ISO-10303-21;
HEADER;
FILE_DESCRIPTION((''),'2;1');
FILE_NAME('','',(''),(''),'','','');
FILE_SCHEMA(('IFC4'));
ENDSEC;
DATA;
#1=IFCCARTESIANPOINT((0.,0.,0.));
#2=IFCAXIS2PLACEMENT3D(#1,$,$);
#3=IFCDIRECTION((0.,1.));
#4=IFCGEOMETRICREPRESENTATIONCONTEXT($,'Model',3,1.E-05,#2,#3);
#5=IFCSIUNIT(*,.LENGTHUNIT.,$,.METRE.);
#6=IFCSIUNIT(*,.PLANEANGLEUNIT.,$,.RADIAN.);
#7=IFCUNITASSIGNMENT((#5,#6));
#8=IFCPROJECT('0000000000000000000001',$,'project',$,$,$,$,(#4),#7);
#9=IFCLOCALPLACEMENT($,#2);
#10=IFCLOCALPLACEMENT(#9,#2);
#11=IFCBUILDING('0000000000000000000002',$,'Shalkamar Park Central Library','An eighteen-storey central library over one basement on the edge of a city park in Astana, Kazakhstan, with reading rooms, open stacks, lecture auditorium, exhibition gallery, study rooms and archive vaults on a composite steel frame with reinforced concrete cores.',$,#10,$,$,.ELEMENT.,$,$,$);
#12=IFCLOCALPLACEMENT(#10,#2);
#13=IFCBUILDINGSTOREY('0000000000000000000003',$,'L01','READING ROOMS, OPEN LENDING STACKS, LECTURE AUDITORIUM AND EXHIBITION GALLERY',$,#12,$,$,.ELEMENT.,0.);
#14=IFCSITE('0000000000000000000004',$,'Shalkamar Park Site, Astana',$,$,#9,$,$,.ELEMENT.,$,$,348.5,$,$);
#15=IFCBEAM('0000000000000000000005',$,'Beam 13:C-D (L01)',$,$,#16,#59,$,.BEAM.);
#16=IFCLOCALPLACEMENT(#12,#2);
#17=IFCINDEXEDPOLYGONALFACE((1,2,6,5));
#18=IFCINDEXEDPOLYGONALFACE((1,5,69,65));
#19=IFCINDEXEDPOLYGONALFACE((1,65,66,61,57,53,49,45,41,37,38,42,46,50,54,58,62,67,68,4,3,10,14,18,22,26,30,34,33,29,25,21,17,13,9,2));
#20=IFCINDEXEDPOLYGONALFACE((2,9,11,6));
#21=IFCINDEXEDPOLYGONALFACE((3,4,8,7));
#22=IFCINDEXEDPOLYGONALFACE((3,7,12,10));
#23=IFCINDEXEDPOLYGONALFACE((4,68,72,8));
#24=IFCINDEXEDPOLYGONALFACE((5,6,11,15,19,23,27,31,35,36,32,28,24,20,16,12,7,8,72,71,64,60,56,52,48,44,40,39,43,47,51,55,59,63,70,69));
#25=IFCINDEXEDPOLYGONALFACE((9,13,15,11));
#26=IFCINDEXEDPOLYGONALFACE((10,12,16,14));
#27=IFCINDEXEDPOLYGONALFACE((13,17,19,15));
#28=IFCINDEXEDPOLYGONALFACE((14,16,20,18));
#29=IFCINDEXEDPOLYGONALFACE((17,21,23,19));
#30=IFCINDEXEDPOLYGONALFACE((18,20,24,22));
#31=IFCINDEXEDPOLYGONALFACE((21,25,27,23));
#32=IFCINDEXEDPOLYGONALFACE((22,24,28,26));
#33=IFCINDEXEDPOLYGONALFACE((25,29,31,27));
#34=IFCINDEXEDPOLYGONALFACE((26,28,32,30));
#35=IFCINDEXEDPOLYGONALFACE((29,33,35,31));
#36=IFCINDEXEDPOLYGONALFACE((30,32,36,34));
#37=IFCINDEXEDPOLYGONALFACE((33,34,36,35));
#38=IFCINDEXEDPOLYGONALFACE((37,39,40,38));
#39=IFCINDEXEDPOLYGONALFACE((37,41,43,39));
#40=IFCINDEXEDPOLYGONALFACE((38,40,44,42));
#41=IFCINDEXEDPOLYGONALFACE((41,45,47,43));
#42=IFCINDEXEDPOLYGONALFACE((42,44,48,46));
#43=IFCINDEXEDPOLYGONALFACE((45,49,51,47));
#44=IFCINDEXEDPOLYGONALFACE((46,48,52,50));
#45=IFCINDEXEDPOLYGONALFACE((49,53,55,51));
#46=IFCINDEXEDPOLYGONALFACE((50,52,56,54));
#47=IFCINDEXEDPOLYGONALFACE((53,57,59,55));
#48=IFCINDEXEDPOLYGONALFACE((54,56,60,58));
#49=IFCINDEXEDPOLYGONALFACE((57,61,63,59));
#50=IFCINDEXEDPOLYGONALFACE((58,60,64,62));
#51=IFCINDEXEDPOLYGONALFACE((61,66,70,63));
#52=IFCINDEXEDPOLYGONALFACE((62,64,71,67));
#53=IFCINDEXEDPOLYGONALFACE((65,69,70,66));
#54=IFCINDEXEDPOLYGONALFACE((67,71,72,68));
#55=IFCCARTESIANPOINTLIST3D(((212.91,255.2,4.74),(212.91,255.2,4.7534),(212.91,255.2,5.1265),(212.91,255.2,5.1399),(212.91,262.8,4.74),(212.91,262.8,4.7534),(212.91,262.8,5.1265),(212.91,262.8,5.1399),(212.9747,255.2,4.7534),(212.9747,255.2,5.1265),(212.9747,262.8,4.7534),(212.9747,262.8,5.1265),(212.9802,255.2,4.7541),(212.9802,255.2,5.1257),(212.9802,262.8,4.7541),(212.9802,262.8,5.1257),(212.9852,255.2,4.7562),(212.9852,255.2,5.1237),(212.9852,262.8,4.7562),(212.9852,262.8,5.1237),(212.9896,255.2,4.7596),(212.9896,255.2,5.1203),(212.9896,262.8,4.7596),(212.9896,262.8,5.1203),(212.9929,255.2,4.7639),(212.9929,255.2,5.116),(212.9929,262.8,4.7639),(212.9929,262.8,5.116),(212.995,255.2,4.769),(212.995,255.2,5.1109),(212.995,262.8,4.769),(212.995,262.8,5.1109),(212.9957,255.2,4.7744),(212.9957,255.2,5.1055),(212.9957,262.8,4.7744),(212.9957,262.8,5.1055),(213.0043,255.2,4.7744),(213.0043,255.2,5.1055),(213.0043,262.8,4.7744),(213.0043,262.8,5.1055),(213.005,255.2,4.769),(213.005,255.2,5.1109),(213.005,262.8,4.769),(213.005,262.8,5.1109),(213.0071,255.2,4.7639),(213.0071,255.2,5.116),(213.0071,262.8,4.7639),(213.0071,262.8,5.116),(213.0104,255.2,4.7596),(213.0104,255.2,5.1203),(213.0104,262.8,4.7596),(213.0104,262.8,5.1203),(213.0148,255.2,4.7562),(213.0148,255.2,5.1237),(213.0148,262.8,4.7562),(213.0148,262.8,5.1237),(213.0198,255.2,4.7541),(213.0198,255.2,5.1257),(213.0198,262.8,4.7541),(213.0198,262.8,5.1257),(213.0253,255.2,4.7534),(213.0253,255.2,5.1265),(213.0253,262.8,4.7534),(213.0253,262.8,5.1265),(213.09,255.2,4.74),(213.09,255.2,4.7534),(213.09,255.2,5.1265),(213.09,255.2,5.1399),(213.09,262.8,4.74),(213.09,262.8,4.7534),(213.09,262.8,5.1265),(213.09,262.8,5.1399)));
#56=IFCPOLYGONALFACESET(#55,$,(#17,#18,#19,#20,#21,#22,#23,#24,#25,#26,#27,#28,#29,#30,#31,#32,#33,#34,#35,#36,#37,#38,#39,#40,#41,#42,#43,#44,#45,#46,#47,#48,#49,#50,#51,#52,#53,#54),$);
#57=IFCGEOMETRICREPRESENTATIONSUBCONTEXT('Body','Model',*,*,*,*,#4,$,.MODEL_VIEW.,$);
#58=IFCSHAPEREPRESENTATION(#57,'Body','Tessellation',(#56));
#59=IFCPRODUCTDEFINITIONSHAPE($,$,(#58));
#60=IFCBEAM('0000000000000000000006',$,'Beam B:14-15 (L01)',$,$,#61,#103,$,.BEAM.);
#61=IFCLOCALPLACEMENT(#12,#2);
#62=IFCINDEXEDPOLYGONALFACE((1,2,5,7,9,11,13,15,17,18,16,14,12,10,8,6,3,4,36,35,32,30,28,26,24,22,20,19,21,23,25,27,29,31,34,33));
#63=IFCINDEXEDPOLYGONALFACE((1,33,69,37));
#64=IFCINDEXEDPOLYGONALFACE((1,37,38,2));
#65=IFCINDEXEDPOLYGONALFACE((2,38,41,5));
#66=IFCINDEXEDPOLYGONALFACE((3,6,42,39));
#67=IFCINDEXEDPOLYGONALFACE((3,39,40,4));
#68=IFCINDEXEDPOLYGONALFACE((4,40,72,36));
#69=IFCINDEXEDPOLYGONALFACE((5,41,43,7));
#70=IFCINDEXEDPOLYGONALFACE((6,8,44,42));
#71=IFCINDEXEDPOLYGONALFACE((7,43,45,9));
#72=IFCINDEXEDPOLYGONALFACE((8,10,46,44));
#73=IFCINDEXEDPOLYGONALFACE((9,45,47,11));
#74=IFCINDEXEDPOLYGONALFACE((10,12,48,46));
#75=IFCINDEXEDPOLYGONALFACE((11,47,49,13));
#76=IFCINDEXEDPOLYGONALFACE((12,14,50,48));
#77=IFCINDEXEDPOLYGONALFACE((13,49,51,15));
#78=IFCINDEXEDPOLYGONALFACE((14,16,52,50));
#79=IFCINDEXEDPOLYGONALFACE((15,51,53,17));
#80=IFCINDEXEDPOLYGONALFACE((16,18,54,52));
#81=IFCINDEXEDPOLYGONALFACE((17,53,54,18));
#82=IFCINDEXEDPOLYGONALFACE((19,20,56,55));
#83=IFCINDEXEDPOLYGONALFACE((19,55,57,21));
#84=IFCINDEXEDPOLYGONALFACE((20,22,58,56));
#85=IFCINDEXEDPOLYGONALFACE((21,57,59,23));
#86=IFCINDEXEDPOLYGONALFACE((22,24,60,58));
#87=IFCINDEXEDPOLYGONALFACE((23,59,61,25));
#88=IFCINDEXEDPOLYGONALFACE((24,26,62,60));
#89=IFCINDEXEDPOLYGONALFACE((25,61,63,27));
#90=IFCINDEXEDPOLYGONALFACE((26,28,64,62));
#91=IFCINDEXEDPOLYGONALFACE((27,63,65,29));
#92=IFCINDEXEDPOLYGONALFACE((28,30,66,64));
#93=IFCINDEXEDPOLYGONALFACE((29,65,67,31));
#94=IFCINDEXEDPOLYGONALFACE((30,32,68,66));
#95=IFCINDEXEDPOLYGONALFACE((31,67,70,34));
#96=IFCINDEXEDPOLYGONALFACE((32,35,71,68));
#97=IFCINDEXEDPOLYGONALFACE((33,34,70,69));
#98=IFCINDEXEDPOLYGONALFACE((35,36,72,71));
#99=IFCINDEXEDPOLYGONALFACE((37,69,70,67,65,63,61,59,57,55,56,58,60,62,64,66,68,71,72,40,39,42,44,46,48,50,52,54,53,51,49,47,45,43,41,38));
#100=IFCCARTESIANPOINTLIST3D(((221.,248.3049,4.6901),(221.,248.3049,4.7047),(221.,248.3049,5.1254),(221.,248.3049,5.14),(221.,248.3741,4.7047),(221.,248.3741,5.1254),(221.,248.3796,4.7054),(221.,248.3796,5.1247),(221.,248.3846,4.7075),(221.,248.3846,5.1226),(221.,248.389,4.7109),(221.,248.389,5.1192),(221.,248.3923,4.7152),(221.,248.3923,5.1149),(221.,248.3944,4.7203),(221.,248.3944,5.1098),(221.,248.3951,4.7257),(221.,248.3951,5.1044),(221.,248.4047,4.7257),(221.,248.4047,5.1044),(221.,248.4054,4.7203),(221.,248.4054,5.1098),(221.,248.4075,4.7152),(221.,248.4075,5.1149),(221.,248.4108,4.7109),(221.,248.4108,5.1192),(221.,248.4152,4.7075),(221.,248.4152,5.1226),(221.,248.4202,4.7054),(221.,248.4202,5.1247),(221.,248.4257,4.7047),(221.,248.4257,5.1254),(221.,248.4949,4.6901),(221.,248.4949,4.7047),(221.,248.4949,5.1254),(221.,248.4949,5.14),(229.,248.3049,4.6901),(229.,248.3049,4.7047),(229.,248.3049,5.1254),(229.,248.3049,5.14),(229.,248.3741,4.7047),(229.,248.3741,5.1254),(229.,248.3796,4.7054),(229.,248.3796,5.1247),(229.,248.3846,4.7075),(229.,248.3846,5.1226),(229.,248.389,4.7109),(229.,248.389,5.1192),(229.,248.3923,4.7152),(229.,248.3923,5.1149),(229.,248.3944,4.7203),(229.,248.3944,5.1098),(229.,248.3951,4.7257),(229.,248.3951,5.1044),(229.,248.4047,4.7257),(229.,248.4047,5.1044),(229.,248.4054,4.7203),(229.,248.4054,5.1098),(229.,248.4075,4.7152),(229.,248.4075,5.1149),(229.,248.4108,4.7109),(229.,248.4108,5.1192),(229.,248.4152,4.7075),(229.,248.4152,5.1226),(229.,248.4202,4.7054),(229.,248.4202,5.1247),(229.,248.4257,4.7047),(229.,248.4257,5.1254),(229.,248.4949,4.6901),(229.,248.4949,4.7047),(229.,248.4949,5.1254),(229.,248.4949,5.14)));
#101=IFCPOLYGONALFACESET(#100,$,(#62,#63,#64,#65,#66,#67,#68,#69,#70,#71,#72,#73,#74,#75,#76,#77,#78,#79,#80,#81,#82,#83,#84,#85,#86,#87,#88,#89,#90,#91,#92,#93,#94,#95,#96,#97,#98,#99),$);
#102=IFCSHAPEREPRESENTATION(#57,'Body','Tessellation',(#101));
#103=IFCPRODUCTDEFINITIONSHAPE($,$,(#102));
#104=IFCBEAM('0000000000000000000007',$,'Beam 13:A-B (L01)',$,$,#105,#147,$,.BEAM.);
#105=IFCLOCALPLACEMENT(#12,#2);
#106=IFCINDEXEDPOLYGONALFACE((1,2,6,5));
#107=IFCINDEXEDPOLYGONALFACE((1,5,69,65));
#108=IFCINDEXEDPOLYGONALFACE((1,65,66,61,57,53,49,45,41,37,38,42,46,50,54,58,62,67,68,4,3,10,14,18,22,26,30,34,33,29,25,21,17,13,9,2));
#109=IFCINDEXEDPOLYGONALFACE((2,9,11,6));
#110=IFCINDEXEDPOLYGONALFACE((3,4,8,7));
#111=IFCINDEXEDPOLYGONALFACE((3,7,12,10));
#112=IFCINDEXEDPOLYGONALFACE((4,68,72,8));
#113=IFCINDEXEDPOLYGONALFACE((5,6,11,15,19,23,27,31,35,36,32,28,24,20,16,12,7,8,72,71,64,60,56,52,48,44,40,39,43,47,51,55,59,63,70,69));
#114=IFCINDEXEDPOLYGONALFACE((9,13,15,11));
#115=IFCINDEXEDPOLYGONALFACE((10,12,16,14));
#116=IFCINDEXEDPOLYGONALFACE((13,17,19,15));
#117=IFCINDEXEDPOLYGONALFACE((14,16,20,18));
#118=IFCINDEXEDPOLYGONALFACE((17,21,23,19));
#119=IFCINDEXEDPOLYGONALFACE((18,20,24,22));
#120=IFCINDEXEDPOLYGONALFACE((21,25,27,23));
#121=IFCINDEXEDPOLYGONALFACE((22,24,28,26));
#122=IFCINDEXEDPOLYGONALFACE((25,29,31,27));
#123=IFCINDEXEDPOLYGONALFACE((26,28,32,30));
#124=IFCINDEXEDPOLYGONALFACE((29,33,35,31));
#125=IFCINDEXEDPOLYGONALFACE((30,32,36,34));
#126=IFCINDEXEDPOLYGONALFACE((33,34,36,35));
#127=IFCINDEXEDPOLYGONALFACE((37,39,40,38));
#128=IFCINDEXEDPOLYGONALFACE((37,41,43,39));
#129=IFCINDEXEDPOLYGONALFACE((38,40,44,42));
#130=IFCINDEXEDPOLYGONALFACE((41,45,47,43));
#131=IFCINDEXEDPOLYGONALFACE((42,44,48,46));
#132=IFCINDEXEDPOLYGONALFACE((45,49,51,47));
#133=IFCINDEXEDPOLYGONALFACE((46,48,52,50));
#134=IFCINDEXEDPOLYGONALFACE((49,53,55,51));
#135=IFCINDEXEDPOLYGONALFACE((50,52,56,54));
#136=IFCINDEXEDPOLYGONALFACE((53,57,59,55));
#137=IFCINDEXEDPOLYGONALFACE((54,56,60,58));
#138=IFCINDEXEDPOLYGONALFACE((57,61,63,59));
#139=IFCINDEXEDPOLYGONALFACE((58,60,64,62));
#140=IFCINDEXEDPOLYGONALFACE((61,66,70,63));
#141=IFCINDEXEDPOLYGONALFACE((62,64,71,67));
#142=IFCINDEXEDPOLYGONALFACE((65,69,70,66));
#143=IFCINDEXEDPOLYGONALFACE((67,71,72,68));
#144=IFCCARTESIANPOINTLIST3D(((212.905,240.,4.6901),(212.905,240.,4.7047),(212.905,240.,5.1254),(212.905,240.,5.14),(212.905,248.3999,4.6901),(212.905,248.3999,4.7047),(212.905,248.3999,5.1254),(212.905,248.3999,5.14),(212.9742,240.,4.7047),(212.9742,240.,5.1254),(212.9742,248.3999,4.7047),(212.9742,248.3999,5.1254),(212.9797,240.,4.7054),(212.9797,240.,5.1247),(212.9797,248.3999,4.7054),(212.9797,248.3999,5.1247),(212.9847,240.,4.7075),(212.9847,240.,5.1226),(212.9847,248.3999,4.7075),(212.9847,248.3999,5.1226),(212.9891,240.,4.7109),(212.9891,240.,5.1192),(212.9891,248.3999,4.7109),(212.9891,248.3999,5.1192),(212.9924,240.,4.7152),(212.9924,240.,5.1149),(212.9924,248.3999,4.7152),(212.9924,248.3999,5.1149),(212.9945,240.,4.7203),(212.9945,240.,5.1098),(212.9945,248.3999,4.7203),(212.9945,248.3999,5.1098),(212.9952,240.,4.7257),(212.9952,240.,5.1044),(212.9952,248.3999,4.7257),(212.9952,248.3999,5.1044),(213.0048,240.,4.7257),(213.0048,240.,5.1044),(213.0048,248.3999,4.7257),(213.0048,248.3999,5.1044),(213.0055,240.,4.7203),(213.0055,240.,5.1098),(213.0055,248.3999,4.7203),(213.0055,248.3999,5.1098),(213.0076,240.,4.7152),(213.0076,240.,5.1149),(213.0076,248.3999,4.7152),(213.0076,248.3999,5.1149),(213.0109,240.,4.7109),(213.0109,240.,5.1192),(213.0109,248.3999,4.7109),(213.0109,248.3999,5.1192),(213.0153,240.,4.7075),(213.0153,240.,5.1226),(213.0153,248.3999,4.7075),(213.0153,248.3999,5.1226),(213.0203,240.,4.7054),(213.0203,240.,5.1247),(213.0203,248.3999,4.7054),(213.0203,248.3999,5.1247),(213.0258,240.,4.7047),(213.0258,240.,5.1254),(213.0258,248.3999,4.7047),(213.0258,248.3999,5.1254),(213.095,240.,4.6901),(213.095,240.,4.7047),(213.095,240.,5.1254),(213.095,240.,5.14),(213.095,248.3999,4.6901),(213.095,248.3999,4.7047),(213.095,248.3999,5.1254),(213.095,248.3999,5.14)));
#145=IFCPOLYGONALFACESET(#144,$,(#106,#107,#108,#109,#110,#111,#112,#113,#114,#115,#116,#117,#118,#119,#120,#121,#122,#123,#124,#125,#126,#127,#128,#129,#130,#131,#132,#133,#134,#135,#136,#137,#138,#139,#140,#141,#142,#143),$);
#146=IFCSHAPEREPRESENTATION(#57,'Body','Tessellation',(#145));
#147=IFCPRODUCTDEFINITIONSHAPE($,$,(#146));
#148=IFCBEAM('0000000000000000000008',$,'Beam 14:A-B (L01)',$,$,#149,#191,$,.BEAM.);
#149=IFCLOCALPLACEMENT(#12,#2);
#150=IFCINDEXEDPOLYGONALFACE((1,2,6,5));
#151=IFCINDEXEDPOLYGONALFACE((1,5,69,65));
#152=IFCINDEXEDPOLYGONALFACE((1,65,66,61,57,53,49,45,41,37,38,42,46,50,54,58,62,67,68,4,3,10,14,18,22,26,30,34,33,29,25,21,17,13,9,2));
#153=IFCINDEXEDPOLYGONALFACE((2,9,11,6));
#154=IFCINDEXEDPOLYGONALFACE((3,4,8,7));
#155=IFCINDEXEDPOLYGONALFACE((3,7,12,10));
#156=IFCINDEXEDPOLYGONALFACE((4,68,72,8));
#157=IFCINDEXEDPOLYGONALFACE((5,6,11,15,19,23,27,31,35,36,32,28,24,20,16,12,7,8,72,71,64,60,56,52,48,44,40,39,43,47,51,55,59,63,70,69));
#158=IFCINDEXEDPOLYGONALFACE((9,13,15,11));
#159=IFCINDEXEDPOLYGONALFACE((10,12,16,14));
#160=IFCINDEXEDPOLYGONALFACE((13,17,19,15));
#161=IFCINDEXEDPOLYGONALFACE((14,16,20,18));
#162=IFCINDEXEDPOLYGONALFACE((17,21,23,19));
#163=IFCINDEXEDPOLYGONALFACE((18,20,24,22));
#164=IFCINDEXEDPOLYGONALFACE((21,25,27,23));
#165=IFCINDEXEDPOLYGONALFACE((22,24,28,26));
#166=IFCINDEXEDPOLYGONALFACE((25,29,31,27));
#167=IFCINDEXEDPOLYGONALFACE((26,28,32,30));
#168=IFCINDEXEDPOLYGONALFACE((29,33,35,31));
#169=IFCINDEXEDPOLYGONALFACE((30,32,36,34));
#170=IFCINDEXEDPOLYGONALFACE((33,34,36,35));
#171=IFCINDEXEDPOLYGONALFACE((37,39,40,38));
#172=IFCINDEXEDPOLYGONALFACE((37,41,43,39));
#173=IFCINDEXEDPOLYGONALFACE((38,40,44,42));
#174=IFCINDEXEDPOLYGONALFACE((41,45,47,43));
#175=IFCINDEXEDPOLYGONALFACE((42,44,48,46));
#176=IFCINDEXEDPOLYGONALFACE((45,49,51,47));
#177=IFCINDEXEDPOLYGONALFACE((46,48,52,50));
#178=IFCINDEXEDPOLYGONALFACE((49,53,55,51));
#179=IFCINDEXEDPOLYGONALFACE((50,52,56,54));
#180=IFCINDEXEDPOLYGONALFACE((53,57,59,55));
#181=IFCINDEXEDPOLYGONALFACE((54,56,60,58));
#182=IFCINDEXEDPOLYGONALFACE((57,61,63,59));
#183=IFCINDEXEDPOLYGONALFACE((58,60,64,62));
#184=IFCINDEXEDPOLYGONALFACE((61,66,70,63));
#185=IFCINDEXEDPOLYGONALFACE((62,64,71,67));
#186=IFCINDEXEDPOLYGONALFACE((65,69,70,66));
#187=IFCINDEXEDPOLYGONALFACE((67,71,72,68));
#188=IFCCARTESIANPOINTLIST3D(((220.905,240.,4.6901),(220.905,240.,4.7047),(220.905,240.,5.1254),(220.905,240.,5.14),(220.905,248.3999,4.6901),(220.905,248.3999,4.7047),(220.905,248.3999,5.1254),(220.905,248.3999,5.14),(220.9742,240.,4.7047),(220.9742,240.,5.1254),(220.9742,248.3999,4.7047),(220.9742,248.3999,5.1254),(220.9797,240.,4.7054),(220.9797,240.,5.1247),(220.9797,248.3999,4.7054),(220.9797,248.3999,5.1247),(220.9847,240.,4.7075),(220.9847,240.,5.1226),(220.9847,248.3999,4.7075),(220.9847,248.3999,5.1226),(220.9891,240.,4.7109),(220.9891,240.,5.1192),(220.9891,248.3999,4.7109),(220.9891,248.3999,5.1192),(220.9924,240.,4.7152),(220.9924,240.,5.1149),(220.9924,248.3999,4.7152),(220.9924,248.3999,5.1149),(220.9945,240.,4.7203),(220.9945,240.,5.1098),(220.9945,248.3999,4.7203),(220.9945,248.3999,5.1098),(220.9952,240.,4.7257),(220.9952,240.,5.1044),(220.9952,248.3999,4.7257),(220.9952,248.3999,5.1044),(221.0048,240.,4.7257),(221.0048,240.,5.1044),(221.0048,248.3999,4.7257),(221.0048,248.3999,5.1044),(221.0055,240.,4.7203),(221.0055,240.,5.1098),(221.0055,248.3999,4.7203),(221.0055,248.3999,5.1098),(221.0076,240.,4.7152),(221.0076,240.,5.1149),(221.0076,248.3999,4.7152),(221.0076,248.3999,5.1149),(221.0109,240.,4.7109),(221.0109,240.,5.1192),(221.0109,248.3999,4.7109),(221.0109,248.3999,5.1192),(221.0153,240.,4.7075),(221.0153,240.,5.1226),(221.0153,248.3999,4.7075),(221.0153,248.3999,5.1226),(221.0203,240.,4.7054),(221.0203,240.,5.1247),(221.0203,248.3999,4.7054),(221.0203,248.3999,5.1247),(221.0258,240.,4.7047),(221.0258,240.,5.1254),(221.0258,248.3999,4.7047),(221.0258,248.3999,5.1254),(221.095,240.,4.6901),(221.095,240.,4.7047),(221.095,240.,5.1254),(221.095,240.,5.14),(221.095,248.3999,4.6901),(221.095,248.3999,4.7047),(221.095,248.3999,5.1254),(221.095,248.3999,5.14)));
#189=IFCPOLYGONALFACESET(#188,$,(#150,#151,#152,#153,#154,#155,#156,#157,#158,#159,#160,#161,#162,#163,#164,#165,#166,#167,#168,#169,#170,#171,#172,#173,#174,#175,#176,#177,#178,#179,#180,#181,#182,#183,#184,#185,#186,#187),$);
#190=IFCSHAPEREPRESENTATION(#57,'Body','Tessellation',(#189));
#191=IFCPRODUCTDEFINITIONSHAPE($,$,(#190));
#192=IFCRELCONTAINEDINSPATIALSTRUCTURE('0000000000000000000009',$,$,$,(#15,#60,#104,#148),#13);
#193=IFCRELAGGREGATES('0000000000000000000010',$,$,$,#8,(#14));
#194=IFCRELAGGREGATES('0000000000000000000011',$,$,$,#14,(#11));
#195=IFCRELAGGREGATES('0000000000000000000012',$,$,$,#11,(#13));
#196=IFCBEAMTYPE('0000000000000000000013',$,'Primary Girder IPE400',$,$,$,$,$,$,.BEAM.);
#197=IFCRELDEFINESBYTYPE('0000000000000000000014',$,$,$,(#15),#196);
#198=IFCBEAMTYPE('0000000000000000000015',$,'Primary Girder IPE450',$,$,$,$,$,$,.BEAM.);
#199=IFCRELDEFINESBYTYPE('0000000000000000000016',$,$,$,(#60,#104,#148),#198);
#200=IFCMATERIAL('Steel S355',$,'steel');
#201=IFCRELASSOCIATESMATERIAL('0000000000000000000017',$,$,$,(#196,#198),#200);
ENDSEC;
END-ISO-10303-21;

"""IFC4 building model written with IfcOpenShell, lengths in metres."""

from ifc_helpers import new_model, si_unit, direction, frame, origin, origin_2d, place, context, subcontext, project, spatial, i_section, extrude, material, material_profile, profile_set, type_object, element, save


model = new_model("IFC4")

# Units and contexts
model_context = context("Model", 3, precision=1e-05, world=origin(), true_north=direction((0.0, 1.0)))
body_context = subcontext(model_context, "Body", "Model", "MODEL_VIEW")
ifc_project = project(units=[si_unit("LENGTHUNIT", "METRE"), si_unit("PLANEANGLEUNIT", "RADIAN")], contexts=[model_context])

# Site, building, storey
site_placement = place(None, origin())
site = spatial("IfcSite", under=ifc_project, at=site_placement, Name="Shalkamar Park Site, Astana", CompositionType="ELEMENT", RefElevation=348.5)
building_placement = place(site_placement, origin())
building = spatial("IfcBuilding", under=site, at=building_placement, Name="Shalkamar Park Central Library", Description="An eighteen-storey central library over one basement on the edge of a city park in Astana, Kazakhstan, with reading rooms, open stacks, lecture auditorium, exhibition gallery, study rooms and archive vaults on a composite steel frame with reinforced concrete cores.", CompositionType="ELEMENT")
storey_placement = place(building_placement, origin())
storey = spatial("IfcBuildingStorey", under=building, at=storey_placement, Name="L01", Description="READING ROOMS, OPEN LENDING STACKS, LECTURE AUDITORIUM AND EXHIBITION GALLERY", CompositionType="ELEMENT", Elevation=0.0)

# Shared definitions
ifc_material_1 = material(Name="Steel S355", Category="steel")

# Beams
ifc_material_profile_1 = material_profile(ifc_material_1, i_section(OverallWidth=0.1799, OverallDepth=0.3999, WebThickness=0.0085, FlangeThickness=0.0134, FilletRadius=0.021, at=origin_2d()), Name="IPE 400")
ifc_profile_set_1 = profile_set([ifc_material_profile_1], Name="Steel S355")
beam_type_1 = type_object("IfcBeamType", Name="Primary Girder IPE400", PredefinedType="BEAM", material=ifc_profile_set_1)
beam_1_placement = place(storey_placement, frame((213.0, 255.2, 4.9399), z_axis=(0.0, 1.0, 0.0), x_axis=(-1.0, 0.0, 0.0)))
element("IfcBeam", 1, at=beam_1_placement, inside=storey, type_object=beam_type_1, Name="Beam 13:C-D (L01)", PredefinedType="BEAM", context=body_context, shape_type="SweptSolid", body=[
    extrude(i_section(OverallWidth=0.1799, OverallDepth=0.3999, WebThickness=0.0085, FlangeThickness=0.0134, FilletRadius=0.021, at=origin_2d()), origin(), (0.0, 0.0, 1.0), 7.6001),
])
ifc_material_profile_2 = material_profile(ifc_material_1, i_section(OverallWidth=0.1899, OverallDepth=0.45, WebThickness=0.0095, FlangeThickness=0.0146, FilletRadius=0.021, at=origin_2d()), Name="IPE 450")
ifc_profile_set_2 = profile_set([ifc_material_profile_2], Name="Steel S355")
beam_type_2 = type_object("IfcBeamType", Name="Primary Girder IPE450", PredefinedType="BEAM", material=ifc_profile_set_2)
beam_2_placement = place(storey_placement, frame((221.0, 248.3999, 4.915), z_axis=(1.0, 0.0, 0.0), x_axis=(0.0, 1.0, 0.0)))
element("IfcBeam", 2, at=beam_2_placement, inside=storey, type_object=beam_type_2, Name="Beam B:14-15 (L01)", PredefinedType="BEAM", context=body_context, shape_type="SweptSolid", body=[
    extrude(i_section(OverallWidth=0.1899, OverallDepth=0.45, WebThickness=0.0095, FlangeThickness=0.0146, FilletRadius=0.021, at=origin_2d()), origin(), (0.0, 0.0, 1.0), 8.0),
])
for number, where, z_axis, x_axis, name in (
    (3, (213.0, 240.0, 4.915), (0.0, 1.0, 0.0), (-1.0, 0.0, 0.0), "Beam 13:A-B (L01)"),
    (4, (221.0, 240.0, 4.915), (0.0, 1.0, 0.0), (-1.0, 0.0, 0.0), "Beam 14:A-B (L01)"),
):
    element("IfcBeam", number, at=place(storey_placement, frame(where, z_axis=z_axis, x_axis=x_axis)), inside=storey, type_object=beam_type_2, Name=name, PredefinedType="BEAM", context=body_context, shape_type="SweptSolid", body=[
        extrude(i_section(OverallWidth=0.1899, OverallDepth=0.45, WebThickness=0.0095, FlangeThickness=0.0146, FilletRadius=0.021, at=origin_2d()), origin(), (0.0, 0.0, 1.0), 8.3999),
    ])

save(model, "model.ifc")
